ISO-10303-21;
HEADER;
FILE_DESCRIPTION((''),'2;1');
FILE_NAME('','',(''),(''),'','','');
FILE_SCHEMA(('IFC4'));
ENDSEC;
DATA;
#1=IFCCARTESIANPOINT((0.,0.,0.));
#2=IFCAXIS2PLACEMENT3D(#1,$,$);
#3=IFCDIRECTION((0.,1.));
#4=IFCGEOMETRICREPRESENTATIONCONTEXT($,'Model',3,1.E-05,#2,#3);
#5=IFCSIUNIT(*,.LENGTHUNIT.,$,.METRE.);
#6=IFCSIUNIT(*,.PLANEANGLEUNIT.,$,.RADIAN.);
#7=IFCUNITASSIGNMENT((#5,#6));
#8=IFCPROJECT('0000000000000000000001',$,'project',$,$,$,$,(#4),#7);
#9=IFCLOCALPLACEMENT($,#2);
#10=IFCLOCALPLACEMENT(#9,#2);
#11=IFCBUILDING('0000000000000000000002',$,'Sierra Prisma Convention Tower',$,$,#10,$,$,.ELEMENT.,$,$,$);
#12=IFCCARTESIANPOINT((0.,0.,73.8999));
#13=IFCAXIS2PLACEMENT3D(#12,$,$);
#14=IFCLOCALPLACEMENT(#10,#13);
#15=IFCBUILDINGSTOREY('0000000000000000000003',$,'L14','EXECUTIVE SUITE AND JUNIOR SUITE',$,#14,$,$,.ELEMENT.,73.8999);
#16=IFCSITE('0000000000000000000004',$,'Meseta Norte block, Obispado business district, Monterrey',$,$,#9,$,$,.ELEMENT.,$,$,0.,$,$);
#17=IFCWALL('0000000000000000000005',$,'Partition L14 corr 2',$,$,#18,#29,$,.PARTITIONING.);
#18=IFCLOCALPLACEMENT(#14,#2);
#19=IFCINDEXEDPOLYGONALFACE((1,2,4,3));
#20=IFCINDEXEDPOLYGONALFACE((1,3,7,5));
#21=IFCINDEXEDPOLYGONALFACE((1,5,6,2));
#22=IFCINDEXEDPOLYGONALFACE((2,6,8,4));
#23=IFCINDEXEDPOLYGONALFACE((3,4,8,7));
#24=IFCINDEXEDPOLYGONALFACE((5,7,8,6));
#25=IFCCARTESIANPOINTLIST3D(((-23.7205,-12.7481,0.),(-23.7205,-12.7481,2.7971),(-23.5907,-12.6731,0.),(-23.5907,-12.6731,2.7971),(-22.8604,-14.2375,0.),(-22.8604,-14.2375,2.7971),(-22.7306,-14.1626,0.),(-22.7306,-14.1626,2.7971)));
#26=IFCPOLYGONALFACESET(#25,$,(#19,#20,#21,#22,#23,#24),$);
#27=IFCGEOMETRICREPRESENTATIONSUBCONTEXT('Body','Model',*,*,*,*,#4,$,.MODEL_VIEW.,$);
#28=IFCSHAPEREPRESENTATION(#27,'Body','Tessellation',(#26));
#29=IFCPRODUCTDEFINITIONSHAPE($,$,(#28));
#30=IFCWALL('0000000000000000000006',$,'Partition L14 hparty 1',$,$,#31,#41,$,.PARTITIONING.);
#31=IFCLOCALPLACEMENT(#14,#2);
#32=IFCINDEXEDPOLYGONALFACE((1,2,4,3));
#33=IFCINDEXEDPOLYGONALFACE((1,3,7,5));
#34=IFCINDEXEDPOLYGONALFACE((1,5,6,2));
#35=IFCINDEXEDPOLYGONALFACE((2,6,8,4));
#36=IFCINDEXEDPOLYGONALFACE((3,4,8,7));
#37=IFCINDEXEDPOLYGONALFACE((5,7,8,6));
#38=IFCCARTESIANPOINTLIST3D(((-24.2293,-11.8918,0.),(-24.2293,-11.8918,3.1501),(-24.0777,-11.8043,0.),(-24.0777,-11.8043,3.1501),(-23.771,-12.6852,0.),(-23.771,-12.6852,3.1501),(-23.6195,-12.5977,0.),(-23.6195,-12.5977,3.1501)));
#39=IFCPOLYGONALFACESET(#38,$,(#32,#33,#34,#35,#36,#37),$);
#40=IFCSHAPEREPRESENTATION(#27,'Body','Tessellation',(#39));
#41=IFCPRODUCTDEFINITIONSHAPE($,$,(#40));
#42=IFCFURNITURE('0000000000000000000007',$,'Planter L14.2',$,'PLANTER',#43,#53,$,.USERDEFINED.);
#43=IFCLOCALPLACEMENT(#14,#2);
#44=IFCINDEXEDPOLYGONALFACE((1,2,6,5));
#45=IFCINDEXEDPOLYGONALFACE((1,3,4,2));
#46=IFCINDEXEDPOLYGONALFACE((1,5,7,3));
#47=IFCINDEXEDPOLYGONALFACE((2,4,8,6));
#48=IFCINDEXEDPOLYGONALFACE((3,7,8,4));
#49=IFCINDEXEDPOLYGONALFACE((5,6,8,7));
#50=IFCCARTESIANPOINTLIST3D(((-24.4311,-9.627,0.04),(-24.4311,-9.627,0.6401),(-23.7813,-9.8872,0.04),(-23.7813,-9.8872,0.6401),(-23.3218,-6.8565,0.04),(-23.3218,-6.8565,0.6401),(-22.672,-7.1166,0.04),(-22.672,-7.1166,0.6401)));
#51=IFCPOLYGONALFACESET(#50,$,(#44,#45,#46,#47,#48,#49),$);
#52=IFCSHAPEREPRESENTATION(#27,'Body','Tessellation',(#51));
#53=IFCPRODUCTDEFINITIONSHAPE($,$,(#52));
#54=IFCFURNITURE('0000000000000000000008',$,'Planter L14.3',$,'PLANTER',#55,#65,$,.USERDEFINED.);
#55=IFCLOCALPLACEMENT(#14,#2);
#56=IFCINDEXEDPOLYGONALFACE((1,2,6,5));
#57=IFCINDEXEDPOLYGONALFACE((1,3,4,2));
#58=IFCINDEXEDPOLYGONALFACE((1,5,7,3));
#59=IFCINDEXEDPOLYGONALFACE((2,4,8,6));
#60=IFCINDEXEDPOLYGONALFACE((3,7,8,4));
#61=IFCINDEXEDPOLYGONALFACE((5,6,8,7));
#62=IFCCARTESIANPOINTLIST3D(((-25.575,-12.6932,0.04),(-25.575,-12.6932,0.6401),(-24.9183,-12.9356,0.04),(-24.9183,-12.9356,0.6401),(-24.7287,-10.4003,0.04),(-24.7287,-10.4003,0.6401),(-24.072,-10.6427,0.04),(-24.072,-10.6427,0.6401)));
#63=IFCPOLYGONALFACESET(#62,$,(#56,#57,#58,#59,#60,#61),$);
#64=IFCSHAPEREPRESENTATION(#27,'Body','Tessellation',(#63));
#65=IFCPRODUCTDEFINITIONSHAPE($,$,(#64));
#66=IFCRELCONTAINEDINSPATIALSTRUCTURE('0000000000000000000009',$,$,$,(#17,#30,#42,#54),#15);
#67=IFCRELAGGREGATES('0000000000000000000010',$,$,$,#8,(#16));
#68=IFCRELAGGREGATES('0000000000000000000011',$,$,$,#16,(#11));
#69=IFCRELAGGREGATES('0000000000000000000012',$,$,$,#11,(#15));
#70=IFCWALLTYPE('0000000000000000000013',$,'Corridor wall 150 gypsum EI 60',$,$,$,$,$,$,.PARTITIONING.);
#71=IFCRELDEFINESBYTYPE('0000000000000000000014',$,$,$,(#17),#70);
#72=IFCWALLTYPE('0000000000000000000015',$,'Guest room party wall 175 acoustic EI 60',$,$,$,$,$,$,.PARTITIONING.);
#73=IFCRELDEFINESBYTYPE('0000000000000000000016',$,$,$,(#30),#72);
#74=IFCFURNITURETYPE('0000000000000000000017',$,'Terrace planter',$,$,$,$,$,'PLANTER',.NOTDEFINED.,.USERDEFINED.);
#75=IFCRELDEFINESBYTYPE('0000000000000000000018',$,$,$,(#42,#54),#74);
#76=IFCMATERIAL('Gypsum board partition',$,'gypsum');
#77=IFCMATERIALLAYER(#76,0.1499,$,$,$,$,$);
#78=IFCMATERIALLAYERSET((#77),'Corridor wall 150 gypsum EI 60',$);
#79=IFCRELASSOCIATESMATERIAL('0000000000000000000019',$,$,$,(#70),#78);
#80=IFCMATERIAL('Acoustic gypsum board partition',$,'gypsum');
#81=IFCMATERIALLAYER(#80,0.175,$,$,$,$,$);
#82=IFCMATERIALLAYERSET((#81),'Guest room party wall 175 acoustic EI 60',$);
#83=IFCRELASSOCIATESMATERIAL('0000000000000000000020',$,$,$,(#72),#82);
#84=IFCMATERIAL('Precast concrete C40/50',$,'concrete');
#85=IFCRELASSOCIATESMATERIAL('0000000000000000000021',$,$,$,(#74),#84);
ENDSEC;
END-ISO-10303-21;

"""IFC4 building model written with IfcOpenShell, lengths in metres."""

from ifc_helpers import new_model, si_unit, direction, frame, frame_2d, origin, origin_2d, place, context, subcontext, project, spatial, rectangle, extrude, material, layer, layer_set, type_object, element, save


model = new_model("IFC4")

# Units and contexts
model_context = context("Model", 3, precision=1e-05, world=origin(), true_north=direction((0.0, 1.0)))
body_context = subcontext(model_context, "Body", "Model", "MODEL_VIEW")
ifc_project = project(units=[si_unit("LENGTHUNIT", "METRE"), si_unit("PLANEANGLEUNIT", "RADIAN")], contexts=[model_context])

# Site, building, storey
site_placement = place(None, origin())
site = spatial("IfcSite", under=ifc_project, at=site_placement, Name="Meseta Norte block, Obispado business district, Monterrey", CompositionType="ELEMENT", RefElevation=0.0)
building_placement = place(site_placement, origin())
building = spatial("IfcBuilding", under=site, at=building_placement, Name="Sierra Prisma Convention Tower", CompositionType="ELEMENT")
storey_placement = place(building_placement, frame((0.0, 0.0, 73.8999)))
storey = spatial("IfcBuildingStorey", under=building, at=storey_placement, Name="L14", Description="EXECUTIVE SUITE AND JUNIOR SUITE", CompositionType="ELEMENT", Elevation=73.8999)

# Walls
ifc_material_1 = material(Name="Gypsum board partition", Category="gypsum")
ifc_layer_1 = layer(ifc_material_1, 0.1499)
ifc_layer_set_1 = layer_set([ifc_layer_1], Name="Corridor wall 150 gypsum EI 60")
wall_type_1 = type_object("IfcWallType", Name="Corridor wall 150 gypsum EI 60", PredefinedType="PARTITIONING", material=ifc_layer_set_1)
wall_1_placement = place(storey_placement, frame((-23.6555, -12.7107, 0.0), z_axis=(0.0, 0.0, 1.0), x_axis=(0.500062, -0.865989, 0.0)))
element("IfcWall", 1, at=wall_1_placement, inside=storey, type_object=wall_type_1, Name="Partition L14 corr 2", PredefinedType="PARTITIONING", context=body_context, shape_type="SweptSolid", body=[
    extrude(rectangle(XDim=1.72, YDim=0.1499, at=frame_2d((0.8599, 0.0))), origin(), (0.0, 0.0, 1.0), 2.7971),
])
ifc_material_2 = material(Name="Acoustic gypsum board partition", Category="gypsum")
ifc_layer_2 = layer(ifc_material_2, 0.175)
ifc_layer_set_2 = layer_set([ifc_layer_2], Name="Guest room party wall 175 acoustic EI 60")
wall_type_2 = type_object("IfcWallType", Name="Guest room party wall 175 acoustic EI 60", PredefinedType="PARTITIONING", material=ifc_layer_set_2)
wall_2_placement = place(storey_placement, frame((-23.6953, -12.6414, 0.0), z_axis=(0.0, 0.0, 1.0), x_axis=(-0.500122, 0.865955, 0.0)))
element("IfcWall", 2, at=wall_2_placement, inside=storey, type_object=wall_type_2, Name="Partition L14 hparty 1", PredefinedType="PARTITIONING", context=body_context, shape_type="SweptSolid", body=[
    extrude(rectangle(XDim=0.9163, YDim=0.175, at=frame_2d((0.458, 0.0))), origin(), (0.0, 0.0, 1.0), 3.1501),
])

# Furniture
ifc_material_3 = material(Name="Precast concrete C40/50", Category="concrete")
furniture_type = type_object("IfcFurnitureType", Name="Terrace planter", ElementType="PLANTER", AssemblyPlace="NOTDEFINED", PredefinedType="USERDEFINED", material=ifc_material_3)
furniture_1_placement = place(storey_placement, frame((-23.5515, -8.3718, 0.04), z_axis=(0.0, 0.0, 1.0), x_axis=(-0.371704, -0.928351, 0.0)))
element("IfcFurniture", 3, at=furniture_1_placement, inside=storey, type_object=furniture_type, Name="Planter L14.2", ObjectType="PLANTER", PredefinedType="USERDEFINED", context=body_context, shape_type="SweptSolid", body=[
    extrude(rectangle(XDim=2.9844, YDim=0.7, at=origin_2d()), origin(), (0.0, 0.0, 1.0), 0.6001),
])
furniture_2_placement = place(storey_placement, frame((-24.8235, -11.668, 0.04), z_axis=(0.0, 0.0, 1.0), x_axis=(-0.346261, -0.938138, 0.0)))
element("IfcFurniture", 4, at=furniture_2_placement, inside=storey, type_object=furniture_type, Name="Planter L14.3", ObjectType="PLANTER", PredefinedType="USERDEFINED", context=body_context, shape_type="SweptSolid", body=[
    extrude(rectangle(XDim=2.4441, YDim=0.7, at=origin_2d()), origin(), (0.0, 0.0, 1.0), 0.6001),
])

save(model, "model.ifc")
